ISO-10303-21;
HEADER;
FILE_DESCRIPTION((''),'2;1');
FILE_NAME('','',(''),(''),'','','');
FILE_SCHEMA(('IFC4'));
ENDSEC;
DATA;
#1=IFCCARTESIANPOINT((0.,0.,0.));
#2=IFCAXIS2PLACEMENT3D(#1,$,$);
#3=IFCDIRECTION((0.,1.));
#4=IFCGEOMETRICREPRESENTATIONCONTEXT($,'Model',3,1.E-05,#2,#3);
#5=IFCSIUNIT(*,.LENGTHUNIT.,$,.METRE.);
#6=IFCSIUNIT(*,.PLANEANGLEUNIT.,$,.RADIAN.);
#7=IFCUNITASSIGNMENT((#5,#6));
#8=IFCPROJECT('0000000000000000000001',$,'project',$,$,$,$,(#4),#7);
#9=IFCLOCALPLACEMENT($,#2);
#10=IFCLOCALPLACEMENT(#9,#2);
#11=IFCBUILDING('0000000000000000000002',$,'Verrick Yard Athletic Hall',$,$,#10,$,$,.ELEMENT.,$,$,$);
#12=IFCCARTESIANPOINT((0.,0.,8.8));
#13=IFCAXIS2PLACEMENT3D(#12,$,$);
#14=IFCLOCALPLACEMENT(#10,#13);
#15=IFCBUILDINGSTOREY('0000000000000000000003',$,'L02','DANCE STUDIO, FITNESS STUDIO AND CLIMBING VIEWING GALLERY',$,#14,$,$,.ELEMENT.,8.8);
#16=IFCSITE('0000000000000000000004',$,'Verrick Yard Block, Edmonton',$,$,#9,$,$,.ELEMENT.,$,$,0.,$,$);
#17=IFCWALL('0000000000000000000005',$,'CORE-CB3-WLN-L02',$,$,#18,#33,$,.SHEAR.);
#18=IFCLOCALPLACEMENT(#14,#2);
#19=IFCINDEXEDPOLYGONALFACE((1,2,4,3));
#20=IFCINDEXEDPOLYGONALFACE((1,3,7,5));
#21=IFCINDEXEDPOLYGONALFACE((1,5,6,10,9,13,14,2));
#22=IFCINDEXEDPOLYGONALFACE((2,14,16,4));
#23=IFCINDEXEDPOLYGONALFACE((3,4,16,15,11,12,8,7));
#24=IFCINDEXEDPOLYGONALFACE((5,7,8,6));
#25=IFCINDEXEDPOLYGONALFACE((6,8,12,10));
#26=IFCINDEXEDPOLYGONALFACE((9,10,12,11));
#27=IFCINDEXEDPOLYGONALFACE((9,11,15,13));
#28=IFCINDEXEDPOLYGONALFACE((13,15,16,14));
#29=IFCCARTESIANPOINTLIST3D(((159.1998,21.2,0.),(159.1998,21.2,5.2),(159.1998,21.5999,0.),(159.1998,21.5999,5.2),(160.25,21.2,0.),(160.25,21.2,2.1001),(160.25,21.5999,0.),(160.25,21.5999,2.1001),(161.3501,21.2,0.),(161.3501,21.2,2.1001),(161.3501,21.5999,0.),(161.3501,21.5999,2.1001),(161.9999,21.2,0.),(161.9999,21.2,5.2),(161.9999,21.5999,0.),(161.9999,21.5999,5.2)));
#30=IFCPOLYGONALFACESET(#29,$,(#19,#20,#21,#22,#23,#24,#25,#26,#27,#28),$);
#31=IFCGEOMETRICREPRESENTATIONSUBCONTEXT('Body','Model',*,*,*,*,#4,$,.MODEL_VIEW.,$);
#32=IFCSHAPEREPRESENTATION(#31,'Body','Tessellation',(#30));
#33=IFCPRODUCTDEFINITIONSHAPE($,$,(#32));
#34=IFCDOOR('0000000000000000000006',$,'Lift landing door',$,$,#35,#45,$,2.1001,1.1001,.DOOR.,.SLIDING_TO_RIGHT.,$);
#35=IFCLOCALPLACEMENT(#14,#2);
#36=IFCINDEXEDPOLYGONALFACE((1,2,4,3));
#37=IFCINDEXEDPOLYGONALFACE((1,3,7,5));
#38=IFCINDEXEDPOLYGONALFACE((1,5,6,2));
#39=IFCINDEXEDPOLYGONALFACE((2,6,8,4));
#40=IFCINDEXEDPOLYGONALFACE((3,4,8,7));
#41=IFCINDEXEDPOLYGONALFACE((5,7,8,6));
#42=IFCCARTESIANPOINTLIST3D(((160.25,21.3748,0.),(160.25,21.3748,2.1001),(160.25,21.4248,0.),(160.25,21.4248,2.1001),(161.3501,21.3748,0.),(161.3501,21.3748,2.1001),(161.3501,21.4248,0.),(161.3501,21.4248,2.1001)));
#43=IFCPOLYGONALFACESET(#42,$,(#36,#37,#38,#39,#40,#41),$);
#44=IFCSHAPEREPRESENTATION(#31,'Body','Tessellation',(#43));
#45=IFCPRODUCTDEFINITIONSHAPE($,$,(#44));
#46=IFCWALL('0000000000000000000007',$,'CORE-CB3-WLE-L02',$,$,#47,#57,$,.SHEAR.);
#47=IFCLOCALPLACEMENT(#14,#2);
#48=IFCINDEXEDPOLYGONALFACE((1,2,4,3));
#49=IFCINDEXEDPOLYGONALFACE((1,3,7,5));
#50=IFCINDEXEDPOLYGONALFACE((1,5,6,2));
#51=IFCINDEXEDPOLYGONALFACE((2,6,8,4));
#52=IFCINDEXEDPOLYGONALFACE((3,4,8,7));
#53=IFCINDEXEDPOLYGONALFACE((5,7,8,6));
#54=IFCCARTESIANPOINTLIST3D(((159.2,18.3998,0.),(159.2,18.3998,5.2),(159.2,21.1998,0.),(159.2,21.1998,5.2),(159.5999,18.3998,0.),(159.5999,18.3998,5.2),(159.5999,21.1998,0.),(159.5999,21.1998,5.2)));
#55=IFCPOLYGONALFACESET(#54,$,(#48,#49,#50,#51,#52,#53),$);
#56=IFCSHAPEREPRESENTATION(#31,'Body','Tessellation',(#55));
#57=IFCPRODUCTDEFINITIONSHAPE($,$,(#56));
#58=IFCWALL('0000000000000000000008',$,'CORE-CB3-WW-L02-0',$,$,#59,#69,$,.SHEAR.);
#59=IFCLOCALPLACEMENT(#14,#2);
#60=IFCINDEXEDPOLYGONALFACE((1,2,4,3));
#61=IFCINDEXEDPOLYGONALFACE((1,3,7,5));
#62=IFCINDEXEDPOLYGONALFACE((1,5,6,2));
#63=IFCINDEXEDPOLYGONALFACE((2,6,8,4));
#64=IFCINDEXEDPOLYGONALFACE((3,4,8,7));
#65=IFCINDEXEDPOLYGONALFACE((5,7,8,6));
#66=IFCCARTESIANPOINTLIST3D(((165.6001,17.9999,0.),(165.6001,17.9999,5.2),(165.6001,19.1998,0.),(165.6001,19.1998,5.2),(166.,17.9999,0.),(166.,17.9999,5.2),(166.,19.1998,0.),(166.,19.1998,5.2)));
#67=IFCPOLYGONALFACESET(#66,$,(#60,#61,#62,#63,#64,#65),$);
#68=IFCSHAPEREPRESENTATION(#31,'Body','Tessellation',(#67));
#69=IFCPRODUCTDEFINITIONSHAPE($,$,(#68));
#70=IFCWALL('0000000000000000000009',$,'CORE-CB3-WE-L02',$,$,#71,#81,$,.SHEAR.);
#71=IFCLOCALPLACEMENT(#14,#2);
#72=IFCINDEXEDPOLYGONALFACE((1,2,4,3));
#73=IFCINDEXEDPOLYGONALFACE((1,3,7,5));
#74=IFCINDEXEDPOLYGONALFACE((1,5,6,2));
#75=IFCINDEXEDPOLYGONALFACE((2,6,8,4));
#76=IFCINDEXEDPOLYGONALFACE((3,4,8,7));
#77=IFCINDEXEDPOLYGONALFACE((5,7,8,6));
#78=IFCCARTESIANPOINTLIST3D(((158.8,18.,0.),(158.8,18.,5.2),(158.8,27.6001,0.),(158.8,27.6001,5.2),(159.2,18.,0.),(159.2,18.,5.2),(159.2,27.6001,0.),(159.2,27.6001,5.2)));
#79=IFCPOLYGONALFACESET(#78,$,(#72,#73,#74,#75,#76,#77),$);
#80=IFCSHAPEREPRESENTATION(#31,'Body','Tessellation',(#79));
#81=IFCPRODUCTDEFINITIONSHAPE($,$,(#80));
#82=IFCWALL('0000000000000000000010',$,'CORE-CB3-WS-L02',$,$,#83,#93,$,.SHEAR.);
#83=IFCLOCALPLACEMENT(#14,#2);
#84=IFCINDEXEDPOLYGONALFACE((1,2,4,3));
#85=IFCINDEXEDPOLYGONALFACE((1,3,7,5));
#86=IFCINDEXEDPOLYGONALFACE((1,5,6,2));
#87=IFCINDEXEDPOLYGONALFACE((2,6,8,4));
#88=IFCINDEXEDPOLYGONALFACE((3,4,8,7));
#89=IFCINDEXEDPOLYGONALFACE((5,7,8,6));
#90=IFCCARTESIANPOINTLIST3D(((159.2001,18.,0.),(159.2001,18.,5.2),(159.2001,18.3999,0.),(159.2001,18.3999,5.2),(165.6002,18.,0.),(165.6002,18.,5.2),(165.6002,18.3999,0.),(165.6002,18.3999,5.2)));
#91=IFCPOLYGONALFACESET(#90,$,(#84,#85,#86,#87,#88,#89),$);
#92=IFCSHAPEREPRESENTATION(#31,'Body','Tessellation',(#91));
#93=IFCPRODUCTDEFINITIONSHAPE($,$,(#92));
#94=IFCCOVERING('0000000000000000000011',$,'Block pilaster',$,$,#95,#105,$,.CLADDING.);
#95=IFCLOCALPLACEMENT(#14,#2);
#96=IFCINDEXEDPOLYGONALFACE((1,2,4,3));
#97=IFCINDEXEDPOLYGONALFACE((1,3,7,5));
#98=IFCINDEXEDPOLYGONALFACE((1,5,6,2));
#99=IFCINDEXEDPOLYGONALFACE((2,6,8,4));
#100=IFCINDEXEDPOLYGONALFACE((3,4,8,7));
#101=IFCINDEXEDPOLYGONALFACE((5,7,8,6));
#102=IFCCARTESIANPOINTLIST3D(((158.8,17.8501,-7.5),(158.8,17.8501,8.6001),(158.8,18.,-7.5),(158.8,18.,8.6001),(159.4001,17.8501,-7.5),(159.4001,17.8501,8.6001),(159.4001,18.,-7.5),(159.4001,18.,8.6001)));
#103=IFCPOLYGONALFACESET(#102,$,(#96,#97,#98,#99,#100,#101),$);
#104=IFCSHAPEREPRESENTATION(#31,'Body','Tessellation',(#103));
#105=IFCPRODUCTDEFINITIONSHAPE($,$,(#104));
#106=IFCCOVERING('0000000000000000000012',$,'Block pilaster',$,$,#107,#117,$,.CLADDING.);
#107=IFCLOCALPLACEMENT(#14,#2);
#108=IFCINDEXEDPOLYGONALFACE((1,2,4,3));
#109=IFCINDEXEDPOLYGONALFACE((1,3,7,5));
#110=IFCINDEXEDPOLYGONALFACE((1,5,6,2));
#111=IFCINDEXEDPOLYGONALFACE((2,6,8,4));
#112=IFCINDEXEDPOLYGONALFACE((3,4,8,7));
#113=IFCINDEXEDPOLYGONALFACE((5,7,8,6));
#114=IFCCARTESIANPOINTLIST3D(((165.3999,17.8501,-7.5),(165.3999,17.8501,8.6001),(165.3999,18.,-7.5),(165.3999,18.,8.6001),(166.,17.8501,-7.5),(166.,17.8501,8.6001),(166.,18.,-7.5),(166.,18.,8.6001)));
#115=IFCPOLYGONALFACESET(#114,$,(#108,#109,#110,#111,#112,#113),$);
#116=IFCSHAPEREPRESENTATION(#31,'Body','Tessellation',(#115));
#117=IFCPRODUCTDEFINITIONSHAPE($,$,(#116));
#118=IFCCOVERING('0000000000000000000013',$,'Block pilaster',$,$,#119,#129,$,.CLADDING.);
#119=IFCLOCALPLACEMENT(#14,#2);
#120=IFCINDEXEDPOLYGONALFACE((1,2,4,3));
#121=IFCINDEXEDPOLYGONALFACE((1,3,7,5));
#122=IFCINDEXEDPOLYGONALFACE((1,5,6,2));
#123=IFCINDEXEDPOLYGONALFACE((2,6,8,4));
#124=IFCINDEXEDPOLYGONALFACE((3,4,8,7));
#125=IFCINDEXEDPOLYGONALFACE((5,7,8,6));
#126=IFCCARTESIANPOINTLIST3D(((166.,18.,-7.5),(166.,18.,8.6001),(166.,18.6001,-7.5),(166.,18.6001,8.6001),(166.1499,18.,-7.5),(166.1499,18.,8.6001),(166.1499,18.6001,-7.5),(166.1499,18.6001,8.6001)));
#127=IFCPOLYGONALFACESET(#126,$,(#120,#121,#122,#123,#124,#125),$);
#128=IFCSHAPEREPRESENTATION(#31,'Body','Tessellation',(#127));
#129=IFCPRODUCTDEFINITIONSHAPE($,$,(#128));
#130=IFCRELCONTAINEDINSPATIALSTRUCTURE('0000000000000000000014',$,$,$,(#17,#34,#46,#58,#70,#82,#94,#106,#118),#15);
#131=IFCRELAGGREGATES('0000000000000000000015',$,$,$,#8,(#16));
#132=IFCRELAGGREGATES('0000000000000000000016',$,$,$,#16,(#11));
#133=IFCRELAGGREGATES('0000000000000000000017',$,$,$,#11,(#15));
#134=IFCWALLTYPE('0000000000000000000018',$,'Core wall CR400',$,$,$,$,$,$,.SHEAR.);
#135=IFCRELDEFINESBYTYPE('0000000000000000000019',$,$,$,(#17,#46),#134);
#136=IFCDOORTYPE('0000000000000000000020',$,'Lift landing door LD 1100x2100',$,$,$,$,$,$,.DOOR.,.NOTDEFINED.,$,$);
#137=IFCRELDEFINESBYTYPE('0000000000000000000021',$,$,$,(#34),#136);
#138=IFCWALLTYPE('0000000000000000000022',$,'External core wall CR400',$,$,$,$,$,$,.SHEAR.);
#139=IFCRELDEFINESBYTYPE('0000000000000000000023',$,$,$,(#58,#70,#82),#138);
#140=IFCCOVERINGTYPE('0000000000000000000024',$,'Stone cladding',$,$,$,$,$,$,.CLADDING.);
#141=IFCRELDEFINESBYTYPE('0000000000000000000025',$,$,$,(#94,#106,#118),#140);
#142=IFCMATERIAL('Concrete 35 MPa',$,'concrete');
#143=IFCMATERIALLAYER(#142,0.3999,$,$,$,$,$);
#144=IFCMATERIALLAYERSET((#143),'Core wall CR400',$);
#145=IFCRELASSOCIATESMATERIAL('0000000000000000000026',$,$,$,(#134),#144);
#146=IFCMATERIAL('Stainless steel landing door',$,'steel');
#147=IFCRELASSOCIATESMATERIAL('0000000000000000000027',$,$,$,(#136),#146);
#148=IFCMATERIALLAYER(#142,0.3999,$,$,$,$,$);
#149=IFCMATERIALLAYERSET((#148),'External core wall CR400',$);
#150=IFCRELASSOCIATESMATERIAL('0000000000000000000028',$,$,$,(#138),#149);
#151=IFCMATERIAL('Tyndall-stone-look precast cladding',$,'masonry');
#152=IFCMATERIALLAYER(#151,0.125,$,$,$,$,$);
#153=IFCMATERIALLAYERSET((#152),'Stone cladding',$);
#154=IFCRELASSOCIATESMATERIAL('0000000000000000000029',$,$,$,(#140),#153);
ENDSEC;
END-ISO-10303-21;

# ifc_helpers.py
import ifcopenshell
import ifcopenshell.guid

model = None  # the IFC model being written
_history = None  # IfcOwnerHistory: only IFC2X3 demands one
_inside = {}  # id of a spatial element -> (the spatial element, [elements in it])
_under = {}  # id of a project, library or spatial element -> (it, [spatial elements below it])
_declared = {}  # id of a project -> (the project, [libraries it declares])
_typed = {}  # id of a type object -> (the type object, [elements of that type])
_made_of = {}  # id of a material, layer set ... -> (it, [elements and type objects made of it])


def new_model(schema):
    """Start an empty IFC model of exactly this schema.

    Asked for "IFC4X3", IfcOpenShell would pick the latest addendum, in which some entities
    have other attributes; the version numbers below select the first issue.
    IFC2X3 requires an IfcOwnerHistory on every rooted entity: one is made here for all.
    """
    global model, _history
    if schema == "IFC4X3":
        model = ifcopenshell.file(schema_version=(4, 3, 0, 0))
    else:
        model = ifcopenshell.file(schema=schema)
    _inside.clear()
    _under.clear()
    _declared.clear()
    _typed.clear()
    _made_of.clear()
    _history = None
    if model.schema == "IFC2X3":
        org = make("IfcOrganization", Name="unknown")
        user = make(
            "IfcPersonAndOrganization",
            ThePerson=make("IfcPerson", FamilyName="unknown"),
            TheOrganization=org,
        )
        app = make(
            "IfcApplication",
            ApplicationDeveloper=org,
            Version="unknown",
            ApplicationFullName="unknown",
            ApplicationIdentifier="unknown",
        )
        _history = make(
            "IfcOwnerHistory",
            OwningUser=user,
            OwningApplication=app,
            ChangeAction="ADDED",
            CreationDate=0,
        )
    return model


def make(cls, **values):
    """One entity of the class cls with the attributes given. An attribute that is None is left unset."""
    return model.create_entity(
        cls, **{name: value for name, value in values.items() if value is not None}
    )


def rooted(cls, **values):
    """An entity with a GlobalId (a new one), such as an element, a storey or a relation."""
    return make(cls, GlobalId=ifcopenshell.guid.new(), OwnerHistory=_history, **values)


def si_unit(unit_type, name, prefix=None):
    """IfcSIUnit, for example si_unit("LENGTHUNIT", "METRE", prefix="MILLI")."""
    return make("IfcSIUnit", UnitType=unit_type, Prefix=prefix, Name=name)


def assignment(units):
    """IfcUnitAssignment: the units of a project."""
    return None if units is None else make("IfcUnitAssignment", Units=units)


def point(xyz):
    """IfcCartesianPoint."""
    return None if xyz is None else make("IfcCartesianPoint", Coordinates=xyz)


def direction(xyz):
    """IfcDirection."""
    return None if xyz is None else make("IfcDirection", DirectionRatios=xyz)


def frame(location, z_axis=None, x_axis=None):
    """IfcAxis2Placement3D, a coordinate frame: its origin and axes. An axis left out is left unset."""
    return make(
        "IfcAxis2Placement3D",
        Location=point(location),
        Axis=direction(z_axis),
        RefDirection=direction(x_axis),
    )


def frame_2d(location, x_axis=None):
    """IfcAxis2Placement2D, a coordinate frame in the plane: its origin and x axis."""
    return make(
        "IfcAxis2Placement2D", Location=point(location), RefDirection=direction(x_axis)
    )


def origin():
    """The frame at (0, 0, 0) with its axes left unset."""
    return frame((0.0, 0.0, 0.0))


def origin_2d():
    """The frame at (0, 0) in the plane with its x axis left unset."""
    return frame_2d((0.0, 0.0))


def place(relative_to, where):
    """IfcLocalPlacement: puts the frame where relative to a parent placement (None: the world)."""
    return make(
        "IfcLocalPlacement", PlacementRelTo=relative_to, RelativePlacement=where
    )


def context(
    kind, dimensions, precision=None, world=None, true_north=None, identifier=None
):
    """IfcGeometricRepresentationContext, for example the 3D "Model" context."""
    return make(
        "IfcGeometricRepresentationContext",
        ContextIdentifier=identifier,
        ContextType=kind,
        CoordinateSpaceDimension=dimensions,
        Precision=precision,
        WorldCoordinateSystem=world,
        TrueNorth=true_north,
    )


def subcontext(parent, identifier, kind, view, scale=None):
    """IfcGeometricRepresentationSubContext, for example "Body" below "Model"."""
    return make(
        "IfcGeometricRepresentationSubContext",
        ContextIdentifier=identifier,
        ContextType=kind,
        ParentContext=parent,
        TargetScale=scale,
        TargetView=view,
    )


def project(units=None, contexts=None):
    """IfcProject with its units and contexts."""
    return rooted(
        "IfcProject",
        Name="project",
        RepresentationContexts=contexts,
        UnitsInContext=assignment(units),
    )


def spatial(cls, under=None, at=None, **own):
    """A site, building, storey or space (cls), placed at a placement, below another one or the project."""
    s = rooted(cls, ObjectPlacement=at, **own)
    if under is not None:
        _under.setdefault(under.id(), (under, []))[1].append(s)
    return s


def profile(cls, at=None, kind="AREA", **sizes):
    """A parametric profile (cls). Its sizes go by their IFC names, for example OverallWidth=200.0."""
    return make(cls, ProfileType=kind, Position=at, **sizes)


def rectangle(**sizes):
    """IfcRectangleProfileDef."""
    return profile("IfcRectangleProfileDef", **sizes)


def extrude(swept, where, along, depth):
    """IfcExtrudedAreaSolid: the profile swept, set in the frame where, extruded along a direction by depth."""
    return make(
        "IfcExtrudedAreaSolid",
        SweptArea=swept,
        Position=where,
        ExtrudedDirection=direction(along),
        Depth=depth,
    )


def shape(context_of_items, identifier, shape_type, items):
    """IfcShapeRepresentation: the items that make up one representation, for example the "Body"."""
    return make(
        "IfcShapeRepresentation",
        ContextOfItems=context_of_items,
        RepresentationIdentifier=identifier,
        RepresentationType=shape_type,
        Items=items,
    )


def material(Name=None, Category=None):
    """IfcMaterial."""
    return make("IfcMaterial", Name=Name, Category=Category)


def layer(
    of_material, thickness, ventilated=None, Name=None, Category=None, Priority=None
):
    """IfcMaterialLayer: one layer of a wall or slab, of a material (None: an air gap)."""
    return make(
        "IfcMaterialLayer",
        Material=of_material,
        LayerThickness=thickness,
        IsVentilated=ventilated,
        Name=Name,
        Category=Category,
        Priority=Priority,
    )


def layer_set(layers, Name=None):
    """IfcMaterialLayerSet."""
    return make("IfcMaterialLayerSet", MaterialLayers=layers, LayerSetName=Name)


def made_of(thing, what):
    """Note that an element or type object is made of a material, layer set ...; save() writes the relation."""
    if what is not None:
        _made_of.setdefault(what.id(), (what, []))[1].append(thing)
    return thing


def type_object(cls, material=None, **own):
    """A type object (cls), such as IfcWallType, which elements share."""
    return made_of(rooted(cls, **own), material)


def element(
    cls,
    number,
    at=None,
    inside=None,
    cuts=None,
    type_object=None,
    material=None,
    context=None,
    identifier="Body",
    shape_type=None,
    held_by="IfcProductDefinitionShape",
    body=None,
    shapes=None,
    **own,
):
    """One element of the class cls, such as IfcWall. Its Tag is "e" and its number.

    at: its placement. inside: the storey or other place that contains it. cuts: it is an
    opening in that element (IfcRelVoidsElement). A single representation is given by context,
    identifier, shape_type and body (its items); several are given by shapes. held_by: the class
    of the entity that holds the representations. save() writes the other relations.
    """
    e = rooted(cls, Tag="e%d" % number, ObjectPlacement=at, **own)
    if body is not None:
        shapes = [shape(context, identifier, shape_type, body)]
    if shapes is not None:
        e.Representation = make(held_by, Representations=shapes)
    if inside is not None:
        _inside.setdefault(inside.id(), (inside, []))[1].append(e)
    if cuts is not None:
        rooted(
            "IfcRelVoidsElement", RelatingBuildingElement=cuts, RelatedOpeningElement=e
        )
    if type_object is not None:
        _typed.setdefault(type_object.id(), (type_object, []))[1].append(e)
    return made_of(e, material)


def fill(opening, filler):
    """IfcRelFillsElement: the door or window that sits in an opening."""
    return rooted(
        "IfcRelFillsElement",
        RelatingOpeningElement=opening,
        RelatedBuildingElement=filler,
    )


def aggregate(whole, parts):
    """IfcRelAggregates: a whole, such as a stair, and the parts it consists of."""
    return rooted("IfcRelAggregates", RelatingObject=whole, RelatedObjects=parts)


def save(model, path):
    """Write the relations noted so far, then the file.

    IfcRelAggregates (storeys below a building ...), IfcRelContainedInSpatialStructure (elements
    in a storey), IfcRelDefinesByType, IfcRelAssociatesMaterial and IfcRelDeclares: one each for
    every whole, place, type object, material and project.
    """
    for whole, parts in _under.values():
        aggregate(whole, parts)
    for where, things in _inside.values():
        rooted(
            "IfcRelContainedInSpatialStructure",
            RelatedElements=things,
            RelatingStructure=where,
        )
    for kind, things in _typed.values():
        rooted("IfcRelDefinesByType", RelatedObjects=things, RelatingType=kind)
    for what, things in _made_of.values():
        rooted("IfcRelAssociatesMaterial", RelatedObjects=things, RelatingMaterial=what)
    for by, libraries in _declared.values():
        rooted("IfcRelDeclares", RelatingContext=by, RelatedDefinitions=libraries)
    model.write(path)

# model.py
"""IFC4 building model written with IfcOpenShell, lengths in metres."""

from ifc_helpers import new_model, si_unit, direction, frame, frame_2d, origin, origin_2d, place, context, subcontext, project, spatial, rectangle, extrude, material, layer, layer_set, type_object, element, fill, save


model = new_model("IFC4")

# Units and contexts
model_context = context("Model", 3, precision=1e-05, world=origin(), true_north=direction((0.0, 1.0)))
body_context = subcontext(model_context, "Body", "Model", "MODEL_VIEW")
ifc_project = project(units=[si_unit("LENGTHUNIT", "METRE"), si_unit("PLANEANGLEUNIT", "RADIAN")], contexts=[model_context])

# Site, building, storey
site_placement = place(None, origin())
site = spatial("IfcSite", under=ifc_project, at=site_placement, Name="Verrick Yard Block, Edmonton", CompositionType="ELEMENT", RefElevation=0.0)
building_placement = place(site_placement, origin())
building = spatial("IfcBuilding", under=site, at=building_placement, Name="Verrick Yard Athletic Hall", CompositionType="ELEMENT")
storey_placement = place(building_placement, frame((0.0, 0.0, 8.8)))
storey = spatial("IfcBuildingStorey", under=building, at=storey_placement, Name="L02", Description="DANCE STUDIO, FITNESS STUDIO AND CLIMBING VIEWING GALLERY", CompositionType="ELEMENT", Elevation=8.8)

# Shared definitions
ifc_material_1 = material(Name="Concrete 35 MPa", Category="concrete")

# Shared definitions
ifc_layer_1 = layer(ifc_material_1, 0.3999)
ifc_layer_set_1 = layer_set([ifc_layer_1], Name="Core wall CR400")
wall_type_1 = type_object("IfcWallType", Name="Core wall CR400", PredefinedType="SHEAR", material=ifc_layer_set_1)

# Wall, opening, door
wall_1_placement = place(storey_placement, frame((159.2, 21.3999, 0.0), z_axis=(0.0, 0.0, 1.0), x_axis=(1.0, 0.0, 0.0)))
wall_1 = element("IfcWall", 1, at=wall_1_placement, inside=storey, type_object=wall_type_1, Name="CORE-CB3-WLN-L02", PredefinedType="SHEAR", context=body_context, shape_type="SweptSolid", body=[
    extrude(rectangle(XDim=2.8, YDim=0.3999, at=frame_2d((1.3999, 0.0))), origin(), (0.0, 0.0, 1.0), 5.2),
])
opening_1_placement = place(wall_1_placement, frame((1.05, 0.0, 0.0)))
opening_1 = element("IfcOpeningElement", 2, at=opening_1_placement, cuts=wall_1, PredefinedType="OPENING", context=body_context, shape_type="SweptSolid", body=[
    extrude(rectangle(XDim=1.1001, YDim=2.1001, at=frame_2d((0.55, 1.05))), frame((0.0, 0.21, 0.0), z_axis=(0.0, -1.0, 0.0), x_axis=(1.0, 0.0, 0.0)), (0.0, 0.0, 1.0), 0.4199),
])
ifc_material_2 = material(Name="Stainless steel landing door", Category="steel")
door_type_1 = type_object("IfcDoorType", Name="Lift landing door LD 1100x2100", OperationType="NOTDEFINED", PredefinedType="DOOR", material=ifc_material_2)
door_1_placement = place(opening_1_placement, origin())
door_1 = element("IfcDoor", 3, at=door_1_placement, inside=storey, type_object=door_type_1, Name="Lift landing door", OperationType="SLIDING_TO_RIGHT", OverallHeight=2.1001, OverallWidth=1.1001, PredefinedType="DOOR", context=body_context, shape_type="SweptSolid", body=[
    extrude(rectangle(XDim=1.1001, YDim=2.1001, at=frame_2d((0.55, 1.05))), frame((0.0, 0.0249, 0.0), z_axis=(0.0, -1.0, 0.0), x_axis=(1.0, 0.0, 0.0)), (0.0, 0.0, 1.0), 0.05),
])
fill(opening_1, door_1)

# Walls
wall_2_placement = place(storey_placement, frame((159.3999, 18.3999, 0.0), z_axis=(0.0, 0.0, 1.0), x_axis=(0.0, 1.0, 0.0)))
element("IfcWall", 4, at=wall_2_placement, inside=storey, type_object=wall_type_1, Name="CORE-CB3-WLE-L02", PredefinedType="SHEAR", context=body_context, shape_type="SweptSolid", body=[
    extrude(rectangle(XDim=2.8, YDim=0.3999, at=frame_2d((1.3999, 0.0))), origin(), (0.0, 0.0, 1.0), 5.2),
])
ifc_layer_2 = layer(ifc_material_1, 0.3999)
ifc_layer_set_2 = layer_set([ifc_layer_2], Name="External core wall CR400")
wall_type_2 = type_object("IfcWallType", Name="External core wall CR400", PredefinedType="SHEAR", material=ifc_layer_set_2)
wall_3_placement = place(storey_placement, frame((165.8, 19.2, 0.0), z_axis=(0.0, 0.0, 1.0), x_axis=(0.0, -1.0, 0.0)))
element("IfcWall", 5, at=wall_3_placement, inside=storey, type_object=wall_type_2, Name="CORE-CB3-WW-L02-0", PredefinedType="SHEAR", context=body_context, shape_type="SweptSolid", body=[
    extrude(rectangle(XDim=1.2, YDim=0.3999, at=frame_2d((0.6001, 0.0))), origin(), (0.0, 0.0, 1.0), 5.2),
])
wall_4_placement = place(storey_placement, frame((159.0, 18.0, 0.0), z_axis=(0.0, 0.0, 1.0), x_axis=(0.0, 1.0, 0.0)))
element("IfcWall", 6, at=wall_4_placement, inside=storey, type_object=wall_type_2, Name="CORE-CB3-WE-L02", PredefinedType="SHEAR", context=body_context, shape_type="SweptSolid", body=[
    extrude(rectangle(XDim=9.6001, YDim=0.3999, at=frame_2d((4.8, 0.0))), origin(), (0.0, 0.0, 1.0), 5.2),
])
wall_5_placement = place(storey_placement, frame((159.2, 18.2, 0.0), z_axis=(0.0, 0.0, 1.0), x_axis=(1.0, 0.0, 0.0)))
element("IfcWall", 7, at=wall_5_placement, inside=storey, type_object=wall_type_2, Name="CORE-CB3-WS-L02", PredefinedType="SHEAR", context=body_context, shape_type="SweptSolid", body=[
    extrude(rectangle(XDim=6.4001, YDim=0.3999, at=frame_2d((3.2002, 0.0))), origin(), (0.0, 0.0, 1.0), 5.2),
])

# Coverings
ifc_material_3 = material(Name="Tyndall-stone-look precast cladding", Category="masonry")
ifc_layer_3 = layer(ifc_material_3, 0.125)
ifc_layer_set_3 = layer_set([ifc_layer_3], Name="Stone cladding")
covering_type = type_object("IfcCoveringType", Name="Stone cladding", PredefinedType="CLADDING", material=ifc_layer_set_3)
for number, where, z_axis, x_axis, name in (
    (8, (159.1001, 17.925, -7.5), (0.0, 0.0, 1.0), (1.0, 0.0, 0.0), "Block pilaster"),
    (9, (165.7, 17.925, -7.5), (0.0, 0.0, 1.0), (1.0, 0.0, 0.0), "Block pilaster"),
):
    element("IfcCovering", number, at=place(storey_placement, frame(where, z_axis=z_axis, x_axis=x_axis)), inside=storey, type_object=covering_type, Name=name, PredefinedType="CLADDING", context=body_context, shape_type="SweptSolid", body=[
        extrude(rectangle(XDim=0.6001, YDim=0.1499, at=origin_2d()), origin(), (0.0, 0.0, 1.0), 16.1001),
    ])
covering_placement = place(storey_placement, frame((166.075, 18.3, -7.5), z_axis=(0.0, 0.0, 1.0), x_axis=(1.0, 0.0, 0.0)))
element("IfcCovering", 10, at=covering_placement, inside=storey, type_object=covering_type, Name="Block pilaster", PredefinedType="CLADDING", context=body_context, shape_type="SweptSolid", body=[
    extrude(rectangle(XDim=0.1499, YDim=0.6001, at=origin_2d()), origin(), (0.0, 0.0, 1.0), 16.1001),
])

save(model, "model.ifc")
